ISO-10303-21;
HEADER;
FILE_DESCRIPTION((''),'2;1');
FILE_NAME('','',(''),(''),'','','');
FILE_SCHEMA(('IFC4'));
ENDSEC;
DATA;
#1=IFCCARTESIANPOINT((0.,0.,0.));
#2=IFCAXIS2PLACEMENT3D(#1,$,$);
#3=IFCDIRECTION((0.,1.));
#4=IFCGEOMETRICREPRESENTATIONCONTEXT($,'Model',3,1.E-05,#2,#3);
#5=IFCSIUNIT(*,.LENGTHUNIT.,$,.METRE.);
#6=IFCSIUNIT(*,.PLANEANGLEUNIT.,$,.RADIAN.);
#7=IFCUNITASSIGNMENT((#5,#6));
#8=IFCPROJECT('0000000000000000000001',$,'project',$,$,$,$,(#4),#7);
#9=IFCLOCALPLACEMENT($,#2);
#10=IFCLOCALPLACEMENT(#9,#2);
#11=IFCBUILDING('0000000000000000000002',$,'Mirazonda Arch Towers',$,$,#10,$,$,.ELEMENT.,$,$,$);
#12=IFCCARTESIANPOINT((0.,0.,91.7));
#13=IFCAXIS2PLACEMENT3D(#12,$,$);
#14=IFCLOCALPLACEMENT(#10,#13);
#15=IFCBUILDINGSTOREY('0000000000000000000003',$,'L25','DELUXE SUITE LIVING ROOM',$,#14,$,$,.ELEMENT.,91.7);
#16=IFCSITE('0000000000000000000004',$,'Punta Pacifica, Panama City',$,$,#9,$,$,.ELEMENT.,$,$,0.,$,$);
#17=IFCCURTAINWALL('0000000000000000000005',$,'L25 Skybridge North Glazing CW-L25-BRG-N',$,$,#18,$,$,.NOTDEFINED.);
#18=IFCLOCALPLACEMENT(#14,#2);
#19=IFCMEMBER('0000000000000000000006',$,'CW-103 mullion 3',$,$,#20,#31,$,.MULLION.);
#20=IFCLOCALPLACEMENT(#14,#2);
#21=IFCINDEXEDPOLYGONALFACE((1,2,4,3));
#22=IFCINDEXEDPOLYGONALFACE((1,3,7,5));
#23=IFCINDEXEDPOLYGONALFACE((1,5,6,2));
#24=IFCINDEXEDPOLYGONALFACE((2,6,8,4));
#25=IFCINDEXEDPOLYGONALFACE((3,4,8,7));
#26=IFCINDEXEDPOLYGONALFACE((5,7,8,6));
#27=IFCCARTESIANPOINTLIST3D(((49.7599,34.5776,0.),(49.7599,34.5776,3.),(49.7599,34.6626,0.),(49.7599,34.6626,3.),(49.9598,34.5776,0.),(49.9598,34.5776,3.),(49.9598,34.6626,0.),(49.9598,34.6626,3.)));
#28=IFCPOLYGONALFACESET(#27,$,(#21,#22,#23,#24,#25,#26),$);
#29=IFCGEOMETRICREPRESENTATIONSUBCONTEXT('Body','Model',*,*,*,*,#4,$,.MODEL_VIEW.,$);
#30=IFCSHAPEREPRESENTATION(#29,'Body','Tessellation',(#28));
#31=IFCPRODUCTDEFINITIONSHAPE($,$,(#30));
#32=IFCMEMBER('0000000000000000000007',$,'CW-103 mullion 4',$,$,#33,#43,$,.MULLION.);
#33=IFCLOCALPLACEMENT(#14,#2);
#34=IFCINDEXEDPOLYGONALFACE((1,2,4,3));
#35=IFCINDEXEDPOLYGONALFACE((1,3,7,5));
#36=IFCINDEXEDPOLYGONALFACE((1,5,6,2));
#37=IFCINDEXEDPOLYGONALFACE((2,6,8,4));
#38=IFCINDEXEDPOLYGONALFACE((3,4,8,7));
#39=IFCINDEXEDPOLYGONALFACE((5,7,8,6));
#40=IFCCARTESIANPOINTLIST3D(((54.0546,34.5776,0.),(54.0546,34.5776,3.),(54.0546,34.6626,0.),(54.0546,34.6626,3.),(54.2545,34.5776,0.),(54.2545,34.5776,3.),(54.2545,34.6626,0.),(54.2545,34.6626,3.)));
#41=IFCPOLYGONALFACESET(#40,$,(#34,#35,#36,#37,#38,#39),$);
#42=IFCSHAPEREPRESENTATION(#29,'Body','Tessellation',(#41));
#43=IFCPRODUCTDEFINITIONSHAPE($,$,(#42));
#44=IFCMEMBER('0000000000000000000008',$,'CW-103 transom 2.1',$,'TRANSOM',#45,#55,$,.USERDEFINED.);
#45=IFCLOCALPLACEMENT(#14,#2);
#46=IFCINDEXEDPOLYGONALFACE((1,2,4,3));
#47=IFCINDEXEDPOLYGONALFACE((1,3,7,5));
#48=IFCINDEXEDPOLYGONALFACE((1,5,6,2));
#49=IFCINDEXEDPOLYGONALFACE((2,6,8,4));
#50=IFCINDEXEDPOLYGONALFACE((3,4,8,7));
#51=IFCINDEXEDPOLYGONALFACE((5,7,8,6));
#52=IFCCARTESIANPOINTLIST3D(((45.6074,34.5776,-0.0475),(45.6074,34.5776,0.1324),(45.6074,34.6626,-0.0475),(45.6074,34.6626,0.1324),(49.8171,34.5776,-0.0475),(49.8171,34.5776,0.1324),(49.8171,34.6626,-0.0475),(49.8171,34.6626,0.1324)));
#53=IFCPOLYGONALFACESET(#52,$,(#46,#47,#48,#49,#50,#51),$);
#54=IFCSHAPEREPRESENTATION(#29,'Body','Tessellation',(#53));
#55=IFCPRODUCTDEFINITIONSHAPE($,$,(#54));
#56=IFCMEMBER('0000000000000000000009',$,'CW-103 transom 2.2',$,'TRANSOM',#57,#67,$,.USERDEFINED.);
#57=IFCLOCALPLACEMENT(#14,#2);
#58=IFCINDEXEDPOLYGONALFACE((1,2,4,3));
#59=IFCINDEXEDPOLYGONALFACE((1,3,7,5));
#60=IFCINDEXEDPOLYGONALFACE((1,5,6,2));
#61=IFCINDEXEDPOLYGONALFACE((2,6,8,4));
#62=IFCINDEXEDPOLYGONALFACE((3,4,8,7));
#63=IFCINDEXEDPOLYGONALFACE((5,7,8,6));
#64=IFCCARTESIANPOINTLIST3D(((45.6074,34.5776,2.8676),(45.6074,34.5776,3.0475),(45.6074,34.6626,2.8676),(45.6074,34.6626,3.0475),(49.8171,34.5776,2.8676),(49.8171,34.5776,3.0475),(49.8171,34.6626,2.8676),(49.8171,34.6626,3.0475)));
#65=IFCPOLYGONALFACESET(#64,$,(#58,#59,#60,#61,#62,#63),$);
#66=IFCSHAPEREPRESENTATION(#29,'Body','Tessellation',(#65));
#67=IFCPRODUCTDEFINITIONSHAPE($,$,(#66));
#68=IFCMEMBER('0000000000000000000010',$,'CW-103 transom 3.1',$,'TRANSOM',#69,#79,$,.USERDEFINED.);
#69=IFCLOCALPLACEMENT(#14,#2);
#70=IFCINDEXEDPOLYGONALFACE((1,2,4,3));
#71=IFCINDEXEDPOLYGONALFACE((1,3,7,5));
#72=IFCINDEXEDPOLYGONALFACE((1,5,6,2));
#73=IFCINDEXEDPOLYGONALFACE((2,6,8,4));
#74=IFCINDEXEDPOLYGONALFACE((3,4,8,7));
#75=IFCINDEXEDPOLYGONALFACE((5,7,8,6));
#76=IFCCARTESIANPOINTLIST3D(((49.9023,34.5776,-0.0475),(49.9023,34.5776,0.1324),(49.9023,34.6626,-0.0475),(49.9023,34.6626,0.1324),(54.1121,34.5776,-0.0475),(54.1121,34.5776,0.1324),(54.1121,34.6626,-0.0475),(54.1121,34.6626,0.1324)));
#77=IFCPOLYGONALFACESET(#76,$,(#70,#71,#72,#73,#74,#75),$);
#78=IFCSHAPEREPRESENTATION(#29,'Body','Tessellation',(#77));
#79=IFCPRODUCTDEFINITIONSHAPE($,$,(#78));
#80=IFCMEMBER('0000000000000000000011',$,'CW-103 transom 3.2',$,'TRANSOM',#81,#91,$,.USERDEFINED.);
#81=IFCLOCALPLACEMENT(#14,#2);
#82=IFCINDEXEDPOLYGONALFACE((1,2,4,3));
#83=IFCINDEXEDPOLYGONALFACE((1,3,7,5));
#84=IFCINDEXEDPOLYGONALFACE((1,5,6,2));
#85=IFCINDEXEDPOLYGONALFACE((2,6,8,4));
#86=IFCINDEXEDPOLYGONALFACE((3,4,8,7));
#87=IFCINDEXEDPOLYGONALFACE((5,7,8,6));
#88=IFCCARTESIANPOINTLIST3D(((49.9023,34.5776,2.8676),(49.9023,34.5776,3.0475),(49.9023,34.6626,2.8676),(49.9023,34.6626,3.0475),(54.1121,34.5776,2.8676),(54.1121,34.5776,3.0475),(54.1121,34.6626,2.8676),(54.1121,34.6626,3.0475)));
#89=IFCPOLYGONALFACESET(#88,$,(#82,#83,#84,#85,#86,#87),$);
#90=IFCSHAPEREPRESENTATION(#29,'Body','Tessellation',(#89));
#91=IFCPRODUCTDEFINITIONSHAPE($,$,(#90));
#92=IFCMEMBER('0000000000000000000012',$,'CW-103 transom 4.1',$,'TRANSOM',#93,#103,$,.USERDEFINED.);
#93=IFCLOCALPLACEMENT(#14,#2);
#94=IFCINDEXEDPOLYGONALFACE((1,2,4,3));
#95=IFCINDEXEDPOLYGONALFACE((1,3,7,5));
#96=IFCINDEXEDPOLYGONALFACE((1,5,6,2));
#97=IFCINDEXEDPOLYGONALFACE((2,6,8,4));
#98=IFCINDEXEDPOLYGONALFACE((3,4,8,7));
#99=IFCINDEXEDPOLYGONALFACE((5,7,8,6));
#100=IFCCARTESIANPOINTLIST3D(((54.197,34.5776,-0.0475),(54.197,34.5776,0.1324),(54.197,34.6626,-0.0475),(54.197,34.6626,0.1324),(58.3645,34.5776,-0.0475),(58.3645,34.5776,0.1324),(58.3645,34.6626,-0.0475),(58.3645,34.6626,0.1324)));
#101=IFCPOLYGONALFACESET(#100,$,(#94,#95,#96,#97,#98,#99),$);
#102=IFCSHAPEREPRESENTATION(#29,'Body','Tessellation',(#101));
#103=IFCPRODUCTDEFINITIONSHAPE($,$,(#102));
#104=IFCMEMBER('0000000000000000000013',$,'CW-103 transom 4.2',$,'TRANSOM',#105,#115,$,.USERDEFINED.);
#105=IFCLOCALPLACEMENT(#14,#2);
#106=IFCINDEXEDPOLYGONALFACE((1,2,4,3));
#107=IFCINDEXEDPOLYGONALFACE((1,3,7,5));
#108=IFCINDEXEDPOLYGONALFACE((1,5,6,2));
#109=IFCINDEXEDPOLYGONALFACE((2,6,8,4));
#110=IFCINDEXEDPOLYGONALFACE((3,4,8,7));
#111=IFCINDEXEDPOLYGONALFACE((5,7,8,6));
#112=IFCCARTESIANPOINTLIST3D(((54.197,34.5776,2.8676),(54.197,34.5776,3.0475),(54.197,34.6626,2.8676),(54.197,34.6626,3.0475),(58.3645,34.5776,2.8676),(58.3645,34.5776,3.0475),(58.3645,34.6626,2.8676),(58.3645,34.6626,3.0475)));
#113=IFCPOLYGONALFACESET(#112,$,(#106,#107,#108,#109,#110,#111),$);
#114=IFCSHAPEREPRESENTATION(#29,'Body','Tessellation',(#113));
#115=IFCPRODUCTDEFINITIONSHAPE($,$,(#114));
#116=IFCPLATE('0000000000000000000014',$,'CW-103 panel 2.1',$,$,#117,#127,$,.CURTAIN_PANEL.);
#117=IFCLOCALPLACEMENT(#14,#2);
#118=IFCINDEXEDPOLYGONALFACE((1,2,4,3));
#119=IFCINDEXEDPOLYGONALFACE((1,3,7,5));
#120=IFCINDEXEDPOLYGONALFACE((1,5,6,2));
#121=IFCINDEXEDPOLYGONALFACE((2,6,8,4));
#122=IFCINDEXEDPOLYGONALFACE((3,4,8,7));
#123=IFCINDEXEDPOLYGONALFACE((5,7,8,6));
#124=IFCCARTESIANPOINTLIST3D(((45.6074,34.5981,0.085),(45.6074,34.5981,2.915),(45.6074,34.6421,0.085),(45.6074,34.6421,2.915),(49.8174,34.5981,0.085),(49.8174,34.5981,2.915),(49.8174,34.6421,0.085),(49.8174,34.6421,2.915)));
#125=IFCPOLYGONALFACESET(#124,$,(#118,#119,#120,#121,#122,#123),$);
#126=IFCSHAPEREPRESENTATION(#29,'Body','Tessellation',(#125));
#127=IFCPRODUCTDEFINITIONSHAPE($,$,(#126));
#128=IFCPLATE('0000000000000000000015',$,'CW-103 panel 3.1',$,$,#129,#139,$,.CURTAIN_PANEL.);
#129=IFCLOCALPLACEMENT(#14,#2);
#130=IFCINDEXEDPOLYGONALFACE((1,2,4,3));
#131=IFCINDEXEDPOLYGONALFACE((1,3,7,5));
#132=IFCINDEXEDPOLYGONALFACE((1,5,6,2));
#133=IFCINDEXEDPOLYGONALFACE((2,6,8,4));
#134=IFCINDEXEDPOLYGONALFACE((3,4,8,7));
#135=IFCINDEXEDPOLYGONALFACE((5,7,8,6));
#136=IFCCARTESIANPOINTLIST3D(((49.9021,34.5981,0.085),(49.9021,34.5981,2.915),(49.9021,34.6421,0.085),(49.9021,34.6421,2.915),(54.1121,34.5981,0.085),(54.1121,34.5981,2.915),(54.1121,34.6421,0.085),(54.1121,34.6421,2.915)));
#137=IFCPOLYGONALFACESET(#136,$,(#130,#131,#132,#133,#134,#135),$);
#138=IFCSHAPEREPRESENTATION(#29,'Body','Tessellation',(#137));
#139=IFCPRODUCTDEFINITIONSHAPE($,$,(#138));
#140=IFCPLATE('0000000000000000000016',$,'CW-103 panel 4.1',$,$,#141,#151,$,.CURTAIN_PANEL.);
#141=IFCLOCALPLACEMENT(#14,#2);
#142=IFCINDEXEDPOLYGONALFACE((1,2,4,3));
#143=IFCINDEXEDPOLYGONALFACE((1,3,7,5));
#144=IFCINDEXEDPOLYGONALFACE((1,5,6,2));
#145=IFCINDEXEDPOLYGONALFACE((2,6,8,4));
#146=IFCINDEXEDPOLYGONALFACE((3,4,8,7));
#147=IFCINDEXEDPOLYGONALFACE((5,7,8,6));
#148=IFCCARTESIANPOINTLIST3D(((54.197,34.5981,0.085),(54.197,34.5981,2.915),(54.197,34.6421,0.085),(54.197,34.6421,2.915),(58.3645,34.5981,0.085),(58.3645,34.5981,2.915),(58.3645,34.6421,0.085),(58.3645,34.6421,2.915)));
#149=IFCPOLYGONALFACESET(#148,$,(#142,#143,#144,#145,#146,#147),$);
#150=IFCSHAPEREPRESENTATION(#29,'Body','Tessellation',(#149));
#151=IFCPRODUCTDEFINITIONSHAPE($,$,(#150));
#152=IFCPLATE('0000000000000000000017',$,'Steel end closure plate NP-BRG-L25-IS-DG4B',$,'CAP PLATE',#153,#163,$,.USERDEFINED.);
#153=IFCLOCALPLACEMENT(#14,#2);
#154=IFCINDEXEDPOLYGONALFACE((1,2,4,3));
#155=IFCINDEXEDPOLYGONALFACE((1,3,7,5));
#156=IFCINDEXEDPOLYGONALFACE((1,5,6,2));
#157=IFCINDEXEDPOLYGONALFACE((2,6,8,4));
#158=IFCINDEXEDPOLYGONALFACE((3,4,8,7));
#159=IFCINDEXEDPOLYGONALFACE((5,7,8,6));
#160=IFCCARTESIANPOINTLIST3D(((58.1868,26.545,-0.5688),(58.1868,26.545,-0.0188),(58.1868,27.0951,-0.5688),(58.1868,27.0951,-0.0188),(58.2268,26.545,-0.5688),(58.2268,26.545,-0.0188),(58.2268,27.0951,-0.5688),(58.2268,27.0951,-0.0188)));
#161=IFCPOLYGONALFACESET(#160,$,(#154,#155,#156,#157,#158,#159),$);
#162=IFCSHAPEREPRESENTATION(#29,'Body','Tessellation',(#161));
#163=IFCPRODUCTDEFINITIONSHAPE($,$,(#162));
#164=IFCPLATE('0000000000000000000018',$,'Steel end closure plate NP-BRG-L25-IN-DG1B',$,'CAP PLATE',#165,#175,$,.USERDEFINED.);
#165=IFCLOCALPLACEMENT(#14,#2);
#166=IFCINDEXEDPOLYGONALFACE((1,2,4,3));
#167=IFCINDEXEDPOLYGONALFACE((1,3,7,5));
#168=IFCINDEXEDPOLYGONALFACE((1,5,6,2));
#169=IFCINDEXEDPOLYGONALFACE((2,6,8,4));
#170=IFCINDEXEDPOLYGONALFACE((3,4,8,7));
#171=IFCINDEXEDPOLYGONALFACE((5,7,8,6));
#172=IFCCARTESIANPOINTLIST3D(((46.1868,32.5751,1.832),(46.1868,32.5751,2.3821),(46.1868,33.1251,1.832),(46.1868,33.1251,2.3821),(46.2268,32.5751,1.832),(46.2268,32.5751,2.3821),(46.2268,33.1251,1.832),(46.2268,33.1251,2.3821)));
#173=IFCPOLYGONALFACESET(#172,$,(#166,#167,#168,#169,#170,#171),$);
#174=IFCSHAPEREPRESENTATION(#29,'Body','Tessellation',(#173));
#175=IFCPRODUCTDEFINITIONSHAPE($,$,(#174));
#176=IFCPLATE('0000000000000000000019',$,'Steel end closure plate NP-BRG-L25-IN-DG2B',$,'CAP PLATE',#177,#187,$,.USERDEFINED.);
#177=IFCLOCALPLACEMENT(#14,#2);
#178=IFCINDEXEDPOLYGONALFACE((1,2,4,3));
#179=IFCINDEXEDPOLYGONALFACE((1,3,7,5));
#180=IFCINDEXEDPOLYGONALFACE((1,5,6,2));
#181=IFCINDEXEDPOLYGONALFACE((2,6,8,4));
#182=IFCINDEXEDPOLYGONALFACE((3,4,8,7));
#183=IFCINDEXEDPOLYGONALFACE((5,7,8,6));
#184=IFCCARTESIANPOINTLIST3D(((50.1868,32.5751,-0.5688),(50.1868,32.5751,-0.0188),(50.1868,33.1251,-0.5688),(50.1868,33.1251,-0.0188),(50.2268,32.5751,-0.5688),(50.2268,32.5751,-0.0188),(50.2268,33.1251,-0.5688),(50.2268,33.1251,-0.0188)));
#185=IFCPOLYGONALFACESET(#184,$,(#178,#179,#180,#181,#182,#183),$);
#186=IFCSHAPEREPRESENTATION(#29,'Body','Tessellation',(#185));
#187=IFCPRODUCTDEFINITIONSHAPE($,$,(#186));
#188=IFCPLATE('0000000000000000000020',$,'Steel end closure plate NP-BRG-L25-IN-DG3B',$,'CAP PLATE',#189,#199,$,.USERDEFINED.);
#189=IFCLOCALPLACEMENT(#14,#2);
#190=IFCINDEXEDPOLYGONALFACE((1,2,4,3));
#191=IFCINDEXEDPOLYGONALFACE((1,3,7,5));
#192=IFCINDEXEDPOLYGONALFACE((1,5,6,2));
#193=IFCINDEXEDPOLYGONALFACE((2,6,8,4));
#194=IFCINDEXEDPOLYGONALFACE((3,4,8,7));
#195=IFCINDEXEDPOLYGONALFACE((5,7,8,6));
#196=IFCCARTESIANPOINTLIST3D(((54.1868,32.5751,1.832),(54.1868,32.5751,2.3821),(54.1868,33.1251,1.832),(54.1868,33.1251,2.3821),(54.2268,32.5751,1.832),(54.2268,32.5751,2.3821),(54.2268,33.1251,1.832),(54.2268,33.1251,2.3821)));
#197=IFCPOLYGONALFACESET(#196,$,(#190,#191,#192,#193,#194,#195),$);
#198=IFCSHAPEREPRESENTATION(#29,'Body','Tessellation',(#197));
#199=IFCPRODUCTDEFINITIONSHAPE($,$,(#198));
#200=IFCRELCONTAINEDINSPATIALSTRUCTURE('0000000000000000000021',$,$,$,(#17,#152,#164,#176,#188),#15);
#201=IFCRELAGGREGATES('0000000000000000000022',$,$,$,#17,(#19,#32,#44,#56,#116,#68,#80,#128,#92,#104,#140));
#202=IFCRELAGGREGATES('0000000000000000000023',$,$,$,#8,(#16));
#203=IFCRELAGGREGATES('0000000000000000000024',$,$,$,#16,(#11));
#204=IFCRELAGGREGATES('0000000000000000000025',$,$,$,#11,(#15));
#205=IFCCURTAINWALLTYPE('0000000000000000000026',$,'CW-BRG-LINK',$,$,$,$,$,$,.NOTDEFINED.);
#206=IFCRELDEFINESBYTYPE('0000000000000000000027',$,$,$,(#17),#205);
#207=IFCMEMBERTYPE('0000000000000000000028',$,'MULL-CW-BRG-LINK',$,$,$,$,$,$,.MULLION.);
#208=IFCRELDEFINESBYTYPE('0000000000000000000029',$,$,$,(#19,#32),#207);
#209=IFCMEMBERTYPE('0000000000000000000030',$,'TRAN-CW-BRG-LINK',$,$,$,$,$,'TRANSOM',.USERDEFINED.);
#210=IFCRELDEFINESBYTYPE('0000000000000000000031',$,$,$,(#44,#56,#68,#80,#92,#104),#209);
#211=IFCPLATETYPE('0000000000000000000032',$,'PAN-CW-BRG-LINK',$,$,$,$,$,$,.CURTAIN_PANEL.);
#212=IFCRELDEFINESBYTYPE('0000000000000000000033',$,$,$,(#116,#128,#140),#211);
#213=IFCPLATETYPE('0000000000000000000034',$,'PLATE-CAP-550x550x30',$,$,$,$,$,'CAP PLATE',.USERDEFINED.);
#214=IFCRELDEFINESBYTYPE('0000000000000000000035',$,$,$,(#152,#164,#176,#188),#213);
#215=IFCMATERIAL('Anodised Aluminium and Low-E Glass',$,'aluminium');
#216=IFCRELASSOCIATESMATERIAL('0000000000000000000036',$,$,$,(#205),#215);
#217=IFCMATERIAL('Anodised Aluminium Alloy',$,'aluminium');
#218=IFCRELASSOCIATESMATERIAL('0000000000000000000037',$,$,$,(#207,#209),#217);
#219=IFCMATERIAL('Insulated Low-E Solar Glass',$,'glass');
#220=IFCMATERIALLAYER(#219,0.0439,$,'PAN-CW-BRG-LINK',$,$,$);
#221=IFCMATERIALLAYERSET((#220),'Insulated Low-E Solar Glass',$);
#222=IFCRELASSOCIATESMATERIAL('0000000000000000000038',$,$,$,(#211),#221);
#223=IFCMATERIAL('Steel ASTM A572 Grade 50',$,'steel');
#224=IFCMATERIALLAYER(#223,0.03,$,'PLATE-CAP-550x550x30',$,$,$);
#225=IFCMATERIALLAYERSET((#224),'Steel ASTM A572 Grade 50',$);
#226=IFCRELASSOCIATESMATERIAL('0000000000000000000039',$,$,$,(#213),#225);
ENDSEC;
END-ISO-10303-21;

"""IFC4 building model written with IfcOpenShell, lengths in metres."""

from ifc_helpers import new_model, si_unit, direction, frame, origin, origin_2d, place, context, subcontext, project, spatial, rectangle, extrude, material, layer, layer_set, material_profile, profile_set, type_object, element, aggregate, save


model = new_model("IFC4")

# Units and contexts
model_context = context("Model", 3, precision=1e-05, world=origin(), true_north=direction((0.0, 1.0)))
body_context = subcontext(model_context, "Body", "Model", "MODEL_VIEW")
ifc_project = project(units=[si_unit("LENGTHUNIT", "METRE"), si_unit("PLANEANGLEUNIT", "RADIAN")], contexts=[model_context])

# Site, building, storey
site_placement = place(None, origin())
site = spatial("IfcSite", under=ifc_project, at=site_placement, Name="Punta Pacifica, Panama City", CompositionType="ELEMENT", RefElevation=0.0)
building_placement = place(site_placement, origin())
building = spatial("IfcBuilding", under=site, at=building_placement, Name="Mirazonda Arch Towers", CompositionType="ELEMENT")
storey_placement = place(building_placement, frame((0.0, 0.0, 91.7)))
storey = spatial("IfcBuildingStorey", under=building, at=storey_placement, Name="L25", Description="DELUXE SUITE LIVING ROOM", CompositionType="ELEMENT", Elevation=91.7)

# Shared definitions
ifc_material_1 = material(Name="Steel ASTM A572 Grade 50", Category="steel")

# Curtain wall, members, plates
ifc_material_2 = material(Name="Anodised Aluminium and Low-E Glass", Category="aluminium")
curtain_wall_type = type_object("IfcCurtainWallType", Name="CW-BRG-LINK", PredefinedType="NOTDEFINED", material=ifc_material_2)
curtain_wall_placement = place(storey_placement, origin())
curtain_wall = element("IfcCurtainWall", 1, at=curtain_wall_placement, inside=storey, type_object=curtain_wall_type, Name="L25 Skybridge North Glazing CW-L25-BRG-N", PredefinedType="NOTDEFINED")
ifc_material_3 = material(Name="Anodised Aluminium Alloy", Category="aluminium")
ifc_material_profile_1 = material_profile(ifc_material_3, rectangle(XDim=0.085, YDim=0.2, at=origin_2d()), Name="ALU-MULL-85x200")
ifc_profile_set_1 = profile_set([ifc_material_profile_1], Name="Anodised Aluminium Alloy")
member_type_1 = type_object("IfcMemberType", Name="MULL-CW-BRG-LINK", PredefinedType="MULLION", material=ifc_profile_set_1)
member_1_placement = place(storey_placement, frame((49.8599, 34.6201, 0.0), z_axis=(0.0, 0.0, 1.0), x_axis=(0.0, 1.0, 0.0)))
member_1 = element("IfcMember", 2, at=member_1_placement, type_object=member_type_1, Name="CW-103 mullion 3", PredefinedType="MULLION", context=body_context, shape_type="SweptSolid", body=[
    extrude(rectangle(XDim=0.085, YDim=0.2, at=origin_2d()), origin(), (0.0, 0.0, 1.0), 3.0),
])
member_2_placement = place(storey_placement, frame((54.1545, 34.6201, 0.0), z_axis=(0.0, 0.0, 1.0), x_axis=(0.0, 1.0, 0.0)))
member_2 = element("IfcMember", 3, at=member_2_placement, type_object=member_type_1, Name="CW-103 mullion 4", PredefinedType="MULLION", context=body_context, shape_type="SweptSolid", body=[
    extrude(rectangle(XDim=0.085, YDim=0.2, at=origin_2d()), origin(), (0.0, 0.0, 1.0), 3.0),
])
ifc_material_profile_2 = material_profile(ifc_material_3, rectangle(XDim=0.085, YDim=0.1799, at=origin_2d()), Name="ALU-TRAN-85x180")
ifc_profile_set_2 = profile_set([ifc_material_profile_2], Name="Anodised Aluminium Alloy")
member_type_2 = type_object("IfcMemberType", Name="TRAN-CW-BRG-LINK", ElementType="TRANSOM", PredefinedType="USERDEFINED", material=ifc_profile_set_2)
member_3_placement = place(storey_placement, frame((45.6074, 34.6201, 0.0425), z_axis=(1.0, 0.0, 0.0), x_axis=(0.0, 1.0, 0.0)))
member_3 = element("IfcMember", 4, at=member_3_placement, type_object=member_type_2, Name="CW-103 transom 2.1", ObjectType="TRANSOM", PredefinedType="USERDEFINED", context=body_context, shape_type="SweptSolid", body=[
    extrude(rectangle(XDim=0.085, YDim=0.1799, at=origin_2d()), origin(), (0.0, 0.0, 1.0), 4.2097),
])
member_4_placement = place(storey_placement, frame((45.6074, 34.6201, 2.9575), z_axis=(1.0, 0.0, 0.0), x_axis=(0.0, 1.0, 0.0)))
member_4 = element("IfcMember", 5, at=member_4_placement, type_object=member_type_2, Name="CW-103 transom 2.2", ObjectType="TRANSOM", PredefinedType="USERDEFINED", context=body_context, shape_type="SweptSolid", body=[
    extrude(rectangle(XDim=0.085, YDim=0.1799, at=origin_2d()), origin(), (0.0, 0.0, 1.0), 4.2097),
])
member_5_placement = place(storey_placement, frame((49.9023, 34.6201, 0.0425), z_axis=(1.0, 0.0, 0.0), x_axis=(0.0, 1.0, 0.0)))
member_5 = element("IfcMember", 6, at=member_5_placement, type_object=member_type_2, Name="CW-103 transom 3.1", ObjectType="TRANSOM", PredefinedType="USERDEFINED", context=body_context, shape_type="SweptSolid", body=[
    extrude(rectangle(XDim=0.085, YDim=0.1799, at=origin_2d()), origin(), (0.0, 0.0, 1.0), 4.2097),
])
member_6_placement = place(storey_placement, frame((49.9023, 34.6201, 2.9575), z_axis=(1.0, 0.0, 0.0), x_axis=(0.0, 1.0, 0.0)))
member_6 = element("IfcMember", 7, at=member_6_placement, type_object=member_type_2, Name="CW-103 transom 3.2", ObjectType="TRANSOM", PredefinedType="USERDEFINED", context=body_context, shape_type="SweptSolid", body=[
    extrude(rectangle(XDim=0.085, YDim=0.1799, at=origin_2d()), origin(), (0.0, 0.0, 1.0), 4.2097),
])
member_7_placement = place(storey_placement, frame((54.197, 34.6201, 0.0425), z_axis=(1.0, 0.0, 0.0), x_axis=(0.0, 1.0, 0.0)))
member_7 = element("IfcMember", 8, at=member_7_placement, type_object=member_type_2, Name="CW-103 transom 4.1", ObjectType="TRANSOM", PredefinedType="USERDEFINED", context=body_context, shape_type="SweptSolid", body=[
    extrude(rectangle(XDim=0.085, YDim=0.1799, at=origin_2d()), origin(), (0.0, 0.0, 1.0), 4.1675),
])
member_8_placement = place(storey_placement, frame((54.197, 34.6201, 2.9575), z_axis=(1.0, 0.0, 0.0), x_axis=(0.0, 1.0, 0.0)))
member_8 = element("IfcMember", 9, at=member_8_placement, type_object=member_type_2, Name="CW-103 transom 4.2", ObjectType="TRANSOM", PredefinedType="USERDEFINED", context=body_context, shape_type="SweptSolid", body=[
    extrude(rectangle(XDim=0.085, YDim=0.1799, at=origin_2d()), origin(), (0.0, 0.0, 1.0), 4.1675),
])
ifc_material_4 = material(Name="Insulated Low-E Solar Glass", Category="glass")
ifc_layer_1 = layer(ifc_material_4, 0.0439, Name="PAN-CW-BRG-LINK")
ifc_layer_set_1 = layer_set([ifc_layer_1], Name="Insulated Low-E Solar Glass")
plate_type_1 = type_object("IfcPlateType", Name="PAN-CW-BRG-LINK", PredefinedType="CURTAIN_PANEL", material=ifc_layer_set_1)
plate_1_placement = place(storey_placement, frame((47.7124, 34.6201, 0.085), z_axis=(0.0, 0.0, 1.0), x_axis=(1.0, 0.0, 0.0)))
plate_1 = element("IfcPlate", 10, at=plate_1_placement, type_object=plate_type_1, Name="CW-103 panel 2.1", PredefinedType="CURTAIN_PANEL", context=body_context, shape_type="SweptSolid", body=[
    extrude(rectangle(XDim=4.21, YDim=0.0439, at=origin_2d()), origin(), (0.0, 0.0, 1.0), 2.8301),
])
plate_2_placement = place(storey_placement, frame((52.0071, 34.6201, 0.085), z_axis=(0.0, 0.0, 1.0), x_axis=(1.0, 0.0, 0.0)))
plate_2 = element("IfcPlate", 11, at=plate_2_placement, type_object=plate_type_1, Name="CW-103 panel 3.1", PredefinedType="CURTAIN_PANEL", context=body_context, shape_type="SweptSolid", body=[
    extrude(rectangle(XDim=4.21, YDim=0.0439, at=origin_2d()), origin(), (0.0, 0.0, 1.0), 2.8301),
])
plate_3_placement = place(storey_placement, frame((56.2808, 34.6201, 0.085), z_axis=(0.0, 0.0, 1.0), x_axis=(1.0, 0.0, 0.0)))
plate_3 = element("IfcPlate", 12, at=plate_3_placement, type_object=plate_type_1, Name="CW-103 panel 4.1", PredefinedType="CURTAIN_PANEL", context=body_context, shape_type="SweptSolid", body=[
    extrude(rectangle(XDim=4.1675, YDim=0.0439, at=origin_2d()), origin(), (0.0, 0.0, 1.0), 2.8301),
])
aggregate(curtain_wall, [member_1, member_2, member_3, member_4, plate_1, member_5, member_6, plate_2, member_7, member_8, plate_3])

# Plates
ifc_layer_2 = layer(ifc_material_1, 0.03, Name="PLATE-CAP-550x550x30")
ifc_layer_set_2 = layer_set([ifc_layer_2], Name="Steel ASTM A572 Grade 50")
plate_type_2 = type_object("IfcPlateType", Name="PLATE-CAP-550x550x30", ElementType="CAP PLATE", PredefinedType="USERDEFINED", material=ifc_layer_set_2)
for number, where, z_axis, x_axis, name in (
    (13, (58.2068, 26.8201, -0.5688), (0.0, 0.0, 1.0), (1.0, 0.0, 0.0), "Steel end closure plate NP-BRG-L25-IS-DG4B"),
    (14, (46.2068, 32.8501, 1.832), (0.0, 0.0, 1.0), (1.0, 0.0, 0.0), "Steel end closure plate NP-BRG-L25-IN-DG1B"),
    (15, (50.2068, 32.8501, -0.5688), (0.0, 0.0, 1.0), (1.0, 0.0, 0.0), "Steel end closure plate NP-BRG-L25-IN-DG2B"),
    (16, (54.2068, 32.8501, 1.832), (0.0, 0.0, 1.0), (1.0, 0.0, 0.0), "Steel end closure plate NP-BRG-L25-IN-DG3B"),
):
    element("IfcPlate", number, at=place(storey_placement, frame(where, z_axis=z_axis, x_axis=x_axis)), inside=storey, type_object=plate_type_2, Name=name, ObjectType="CAP PLATE", PredefinedType="USERDEFINED", context=body_context, shape_type="SweptSolid", body=[
        extrude(rectangle(XDim=0.04, YDim=0.55, at=origin_2d()), origin(), (0.0, 0.0, 1.0), 0.55),
    ])

save(model, "model.ifc")
